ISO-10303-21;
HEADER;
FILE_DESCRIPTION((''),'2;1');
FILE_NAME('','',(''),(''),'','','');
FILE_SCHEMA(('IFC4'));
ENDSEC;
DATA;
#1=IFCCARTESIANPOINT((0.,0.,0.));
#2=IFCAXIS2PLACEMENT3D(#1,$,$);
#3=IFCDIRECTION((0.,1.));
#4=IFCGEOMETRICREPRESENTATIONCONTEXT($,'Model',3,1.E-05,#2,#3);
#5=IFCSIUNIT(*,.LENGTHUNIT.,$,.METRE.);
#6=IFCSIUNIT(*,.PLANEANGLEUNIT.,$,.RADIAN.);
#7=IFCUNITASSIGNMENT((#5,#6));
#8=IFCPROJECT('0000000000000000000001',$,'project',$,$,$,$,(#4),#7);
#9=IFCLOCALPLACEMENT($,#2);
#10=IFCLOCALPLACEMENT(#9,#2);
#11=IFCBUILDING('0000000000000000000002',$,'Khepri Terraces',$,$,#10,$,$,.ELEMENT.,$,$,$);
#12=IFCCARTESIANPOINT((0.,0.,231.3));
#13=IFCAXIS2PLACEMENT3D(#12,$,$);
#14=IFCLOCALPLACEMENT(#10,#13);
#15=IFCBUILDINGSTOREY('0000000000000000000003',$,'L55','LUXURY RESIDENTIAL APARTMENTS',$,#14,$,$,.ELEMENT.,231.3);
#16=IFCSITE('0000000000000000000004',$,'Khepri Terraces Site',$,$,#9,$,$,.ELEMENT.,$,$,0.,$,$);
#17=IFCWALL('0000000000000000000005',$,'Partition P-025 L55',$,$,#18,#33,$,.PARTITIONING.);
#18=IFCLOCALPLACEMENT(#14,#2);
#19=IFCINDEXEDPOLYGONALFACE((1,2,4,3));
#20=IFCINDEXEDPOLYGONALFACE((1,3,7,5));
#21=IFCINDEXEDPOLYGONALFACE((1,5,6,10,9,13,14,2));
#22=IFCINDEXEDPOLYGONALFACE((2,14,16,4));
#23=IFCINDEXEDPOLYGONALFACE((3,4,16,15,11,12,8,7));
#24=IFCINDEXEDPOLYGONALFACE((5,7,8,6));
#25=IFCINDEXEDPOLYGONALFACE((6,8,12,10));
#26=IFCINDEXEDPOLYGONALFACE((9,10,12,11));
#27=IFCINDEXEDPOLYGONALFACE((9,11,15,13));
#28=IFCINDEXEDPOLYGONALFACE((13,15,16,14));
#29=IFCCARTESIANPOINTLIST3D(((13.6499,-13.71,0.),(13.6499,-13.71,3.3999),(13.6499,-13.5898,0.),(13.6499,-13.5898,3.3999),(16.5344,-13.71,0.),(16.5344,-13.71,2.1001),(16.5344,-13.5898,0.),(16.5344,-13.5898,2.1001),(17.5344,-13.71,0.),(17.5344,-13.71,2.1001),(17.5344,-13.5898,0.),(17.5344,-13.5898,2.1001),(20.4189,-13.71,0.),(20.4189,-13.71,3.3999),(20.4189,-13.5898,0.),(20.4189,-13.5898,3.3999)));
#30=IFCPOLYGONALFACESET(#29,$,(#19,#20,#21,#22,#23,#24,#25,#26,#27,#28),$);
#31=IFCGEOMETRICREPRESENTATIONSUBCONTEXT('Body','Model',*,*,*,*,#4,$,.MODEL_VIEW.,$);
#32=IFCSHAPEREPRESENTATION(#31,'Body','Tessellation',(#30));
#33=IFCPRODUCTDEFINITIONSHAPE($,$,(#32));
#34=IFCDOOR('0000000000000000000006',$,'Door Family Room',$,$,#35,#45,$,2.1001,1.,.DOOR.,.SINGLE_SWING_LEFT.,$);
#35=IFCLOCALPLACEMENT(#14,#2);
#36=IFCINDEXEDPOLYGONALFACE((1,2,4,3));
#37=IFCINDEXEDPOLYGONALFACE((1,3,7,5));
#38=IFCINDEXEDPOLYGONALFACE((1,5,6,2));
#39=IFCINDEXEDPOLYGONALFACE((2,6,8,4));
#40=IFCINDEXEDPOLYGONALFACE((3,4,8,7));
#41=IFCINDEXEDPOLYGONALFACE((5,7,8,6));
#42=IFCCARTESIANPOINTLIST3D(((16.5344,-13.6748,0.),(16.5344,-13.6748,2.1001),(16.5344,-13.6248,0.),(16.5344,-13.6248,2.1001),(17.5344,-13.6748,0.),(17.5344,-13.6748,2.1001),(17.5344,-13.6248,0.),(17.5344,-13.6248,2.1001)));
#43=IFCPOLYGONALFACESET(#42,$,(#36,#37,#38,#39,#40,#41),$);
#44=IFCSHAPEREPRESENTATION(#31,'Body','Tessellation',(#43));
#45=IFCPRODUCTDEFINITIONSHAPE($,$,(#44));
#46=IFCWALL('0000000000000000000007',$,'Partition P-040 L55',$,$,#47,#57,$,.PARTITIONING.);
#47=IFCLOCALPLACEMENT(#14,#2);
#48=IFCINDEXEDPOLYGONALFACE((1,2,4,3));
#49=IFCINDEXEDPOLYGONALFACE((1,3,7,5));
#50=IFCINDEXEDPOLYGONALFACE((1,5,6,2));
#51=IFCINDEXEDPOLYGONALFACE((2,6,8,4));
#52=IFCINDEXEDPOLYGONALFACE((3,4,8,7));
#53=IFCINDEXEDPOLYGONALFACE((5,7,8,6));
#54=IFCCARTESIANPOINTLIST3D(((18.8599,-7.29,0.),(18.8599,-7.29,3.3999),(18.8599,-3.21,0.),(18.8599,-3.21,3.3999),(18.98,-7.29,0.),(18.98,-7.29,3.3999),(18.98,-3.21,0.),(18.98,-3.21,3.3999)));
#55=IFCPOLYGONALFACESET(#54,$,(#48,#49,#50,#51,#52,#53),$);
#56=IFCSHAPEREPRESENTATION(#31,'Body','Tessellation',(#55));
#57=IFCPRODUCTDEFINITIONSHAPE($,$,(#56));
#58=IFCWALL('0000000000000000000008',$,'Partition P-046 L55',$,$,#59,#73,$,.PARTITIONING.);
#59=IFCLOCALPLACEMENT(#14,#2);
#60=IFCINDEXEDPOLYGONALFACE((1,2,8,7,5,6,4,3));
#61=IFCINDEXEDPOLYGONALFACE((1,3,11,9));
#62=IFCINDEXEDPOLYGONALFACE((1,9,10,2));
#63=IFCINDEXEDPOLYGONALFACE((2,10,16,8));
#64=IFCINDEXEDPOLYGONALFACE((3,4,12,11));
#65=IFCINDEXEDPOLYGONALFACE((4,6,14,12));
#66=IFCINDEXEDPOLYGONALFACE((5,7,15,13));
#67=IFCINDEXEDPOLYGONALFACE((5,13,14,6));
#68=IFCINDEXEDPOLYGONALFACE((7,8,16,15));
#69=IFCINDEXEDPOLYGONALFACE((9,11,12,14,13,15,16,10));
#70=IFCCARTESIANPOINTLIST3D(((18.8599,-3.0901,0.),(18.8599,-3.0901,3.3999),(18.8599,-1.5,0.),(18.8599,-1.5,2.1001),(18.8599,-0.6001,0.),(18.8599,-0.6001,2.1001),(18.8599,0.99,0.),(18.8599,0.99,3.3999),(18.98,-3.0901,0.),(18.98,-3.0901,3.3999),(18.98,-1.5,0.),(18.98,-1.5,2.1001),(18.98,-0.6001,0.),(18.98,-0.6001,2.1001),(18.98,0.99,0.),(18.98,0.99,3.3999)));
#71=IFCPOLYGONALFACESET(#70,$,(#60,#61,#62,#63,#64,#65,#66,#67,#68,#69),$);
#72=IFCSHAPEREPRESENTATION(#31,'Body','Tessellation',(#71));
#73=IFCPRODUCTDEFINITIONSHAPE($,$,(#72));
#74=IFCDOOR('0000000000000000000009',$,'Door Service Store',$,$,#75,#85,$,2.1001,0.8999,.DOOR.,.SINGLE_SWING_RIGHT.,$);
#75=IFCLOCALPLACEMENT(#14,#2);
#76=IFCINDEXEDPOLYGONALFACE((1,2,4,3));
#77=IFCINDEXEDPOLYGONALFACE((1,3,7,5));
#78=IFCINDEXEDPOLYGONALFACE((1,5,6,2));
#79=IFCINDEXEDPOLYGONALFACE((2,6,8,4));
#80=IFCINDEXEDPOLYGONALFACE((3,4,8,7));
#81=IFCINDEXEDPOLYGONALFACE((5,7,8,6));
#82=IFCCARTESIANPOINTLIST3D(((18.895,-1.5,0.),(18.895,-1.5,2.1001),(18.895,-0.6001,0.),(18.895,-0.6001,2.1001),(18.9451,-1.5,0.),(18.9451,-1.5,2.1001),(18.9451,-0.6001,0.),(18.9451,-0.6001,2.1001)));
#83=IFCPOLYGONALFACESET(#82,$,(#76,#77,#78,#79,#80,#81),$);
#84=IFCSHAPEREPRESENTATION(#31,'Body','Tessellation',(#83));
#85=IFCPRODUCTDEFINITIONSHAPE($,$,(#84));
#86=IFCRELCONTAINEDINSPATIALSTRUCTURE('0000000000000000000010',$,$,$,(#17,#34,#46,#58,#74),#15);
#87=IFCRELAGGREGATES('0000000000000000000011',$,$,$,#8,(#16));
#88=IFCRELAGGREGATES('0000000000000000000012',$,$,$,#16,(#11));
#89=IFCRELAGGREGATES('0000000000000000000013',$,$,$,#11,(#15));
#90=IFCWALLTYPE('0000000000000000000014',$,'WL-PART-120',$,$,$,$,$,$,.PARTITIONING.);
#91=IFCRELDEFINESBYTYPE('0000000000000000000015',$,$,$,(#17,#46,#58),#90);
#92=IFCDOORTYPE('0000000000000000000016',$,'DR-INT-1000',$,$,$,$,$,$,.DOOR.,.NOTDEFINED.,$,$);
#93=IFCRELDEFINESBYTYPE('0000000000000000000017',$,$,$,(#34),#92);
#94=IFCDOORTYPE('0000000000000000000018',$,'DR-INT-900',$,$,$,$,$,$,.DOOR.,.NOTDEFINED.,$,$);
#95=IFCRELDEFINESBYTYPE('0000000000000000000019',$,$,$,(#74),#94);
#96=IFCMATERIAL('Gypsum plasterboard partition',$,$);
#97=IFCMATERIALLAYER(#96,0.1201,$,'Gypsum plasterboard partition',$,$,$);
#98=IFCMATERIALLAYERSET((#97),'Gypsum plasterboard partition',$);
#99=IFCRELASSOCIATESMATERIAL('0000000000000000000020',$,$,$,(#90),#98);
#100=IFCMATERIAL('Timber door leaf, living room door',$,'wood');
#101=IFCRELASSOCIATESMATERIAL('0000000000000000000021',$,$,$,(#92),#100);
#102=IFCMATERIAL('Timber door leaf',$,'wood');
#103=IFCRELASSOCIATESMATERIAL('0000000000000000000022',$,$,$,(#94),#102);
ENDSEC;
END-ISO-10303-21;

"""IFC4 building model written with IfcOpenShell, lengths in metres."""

from ifc_helpers import new_model, si_unit, direction, frame, frame_2d, origin, place, context, subcontext, project, spatial, rectangle, extrude, material, layer, layer_set, type_object, element, fill, save


model = new_model("IFC4")

# Units and contexts
model_context = context("Model", 3, precision=1e-05, world=origin(), true_north=direction((0.0, 1.0)))
body_context = subcontext(model_context, "Body", "Model", "MODEL_VIEW")
ifc_project = project(units=[si_unit("LENGTHUNIT", "METRE"), si_unit("PLANEANGLEUNIT", "RADIAN")], contexts=[model_context])

# Site, building, storey
site_placement = place(None, origin())
site = spatial("IfcSite", under=ifc_project, at=site_placement, Name="Khepri Terraces Site", CompositionType="ELEMENT", RefElevation=0.0)
building_placement = place(site_placement, origin())
building = spatial("IfcBuilding", under=site, at=building_placement, Name="Khepri Terraces", CompositionType="ELEMENT")
storey_placement = place(building_placement, frame((0.0, 0.0, 231.3)))
storey = spatial("IfcBuildingStorey", under=building, at=storey_placement, Name="L55", Description="LUXURY RESIDENTIAL APARTMENTS", CompositionType="ELEMENT", Elevation=231.3)

# Wall, opening, door
ifc_material_1 = material(Name="Gypsum plasterboard partition")
ifc_layer_1 = layer(ifc_material_1, 0.1201, Name="Gypsum plasterboard partition")
ifc_layer_set_1 = layer_set([ifc_layer_1], Name="Gypsum plasterboard partition")
wall_type_1 = type_object("IfcWallType", Name="WL-PART-120", PredefinedType="PARTITIONING", material=ifc_layer_set_1)
wall_1_placement = place(storey_placement, frame((13.6499, -13.6499, 0.0), z_axis=(0.0, 0.0, 1.0), x_axis=(1.0, 0.0, 0.0)))
wall_1 = element("IfcWall", 1, at=wall_1_placement, inside=storey, type_object=wall_type_1, Name="Partition P-025 L55", PredefinedType="PARTITIONING", context=body_context, shape_type="SweptSolid", body=[
    extrude(rectangle(XDim=6.769, YDim=0.1201, at=frame_2d((3.3845, 0.0))), origin(), (0.0, 0.0, 1.0), 3.3999),
])
opening_1_placement = place(wall_1_placement, frame((2.8845, 0.0, 0.0)))
opening_1 = element("IfcOpeningElement", 2, at=opening_1_placement, cuts=wall_1, PredefinedType="OPENING", context=body_context, shape_type="SweptSolid", body=[
    extrude(rectangle(XDim=1.0, YDim=2.1001, at=frame_2d((0.5, 1.05))), frame((0.0, 0.0701, 0.0), z_axis=(0.0, -1.0, 0.0), x_axis=(1.0, 0.0, 0.0)), (0.0, 0.0, 1.0), 0.1401),
])
ifc_material_2 = material(Name="Timber door leaf, living room door", Category="wood")
door_type_1 = type_object("IfcDoorType", Name="DR-INT-1000", OperationType="NOTDEFINED", PredefinedType="DOOR", material=ifc_material_2)
door_1_placement = place(opening_1_placement, frame((1.0, 0.0, 0.0), z_axis=(0.0, 0.0, 1.0), x_axis=(-1.0, 0.0, 0.0)))
door_1 = element("IfcDoor", 3, at=door_1_placement, inside=storey, type_object=door_type_1, Name="Door Family Room", OperationType="SINGLE_SWING_LEFT", OverallHeight=2.1001, OverallWidth=1.0, PredefinedType="DOOR", context=body_context, shape_type="SweptSolid", body=[
    extrude(rectangle(XDim=1.0, YDim=2.1001, at=frame_2d((0.5, 1.05))), frame((0.0, 0.0249, 0.0), z_axis=(0.0, -1.0, 0.0), x_axis=(1.0, 0.0, 0.0)), (0.0, 0.0, 1.0), 0.05),
])
fill(opening_1, door_1)

# Wall
wall_2_placement = place(storey_placement, frame((18.9199, -7.29, 0.0), z_axis=(0.0, 0.0, 1.0), x_axis=(0.0, 1.0, 0.0)))
element("IfcWall", 4, at=wall_2_placement, inside=storey, type_object=wall_type_1, Name="Partition P-040 L55", PredefinedType="PARTITIONING", context=body_context, shape_type="SweptSolid", body=[
    extrude(rectangle(XDim=4.0801, YDim=0.1201, at=frame_2d((2.04, 0.0))), origin(), (0.0, 0.0, 1.0), 3.3999),
])

# Wall, opening, door
wall_3_placement = place(storey_placement, frame((18.9199, -3.0901, 0.0), z_axis=(0.0, 0.0, 1.0), x_axis=(0.0, 1.0, 0.0)))
wall_3 = element("IfcWall", 5, at=wall_3_placement, inside=storey, type_object=wall_type_1, Name="Partition P-046 L55", PredefinedType="PARTITIONING", context=body_context, shape_type="SweptSolid", body=[
    extrude(rectangle(XDim=4.0801, YDim=0.1201, at=frame_2d((2.04, 0.0))), origin(), (0.0, 0.0, 1.0), 3.3999),
])
opening_2_placement = place(wall_3_placement, frame((1.5901, 0.0, 0.0)))
opening_2 = element("IfcOpeningElement", 6, at=opening_2_placement, cuts=wall_3, PredefinedType="OPENING", context=body_context, shape_type="SweptSolid", body=[
    extrude(rectangle(XDim=0.8999, YDim=2.1001, at=frame_2d((0.45, 1.05))), frame((0.0, 0.0701, 0.0), z_axis=(0.0, -1.0, 0.0), x_axis=(1.0, 0.0, 0.0)), (0.0, 0.0, 1.0), 0.1401),
])
ifc_material_3 = material(Name="Timber door leaf", Category="wood")
door_type_2 = type_object("IfcDoorType", Name="DR-INT-900", OperationType="NOTDEFINED", PredefinedType="DOOR", material=ifc_material_3)
door_2_placement = place(opening_2_placement, origin())
door_2 = element("IfcDoor", 7, at=door_2_placement, inside=storey, type_object=door_type_2, Name="Door Service Store", OperationType="SINGLE_SWING_RIGHT", OverallHeight=2.1001, OverallWidth=0.8999, PredefinedType="DOOR", context=body_context, shape_type="SweptSolid", body=[
    extrude(rectangle(XDim=0.8999, YDim=2.1001, at=frame_2d((0.45, 1.05))), frame((0.0, 0.0249, 0.0), z_axis=(0.0, -1.0, 0.0), x_axis=(1.0, 0.0, 0.0)), (0.0, 0.0, 1.0), 0.05),
])
fill(opening_2, door_2)

save(model, "model.ifc")
